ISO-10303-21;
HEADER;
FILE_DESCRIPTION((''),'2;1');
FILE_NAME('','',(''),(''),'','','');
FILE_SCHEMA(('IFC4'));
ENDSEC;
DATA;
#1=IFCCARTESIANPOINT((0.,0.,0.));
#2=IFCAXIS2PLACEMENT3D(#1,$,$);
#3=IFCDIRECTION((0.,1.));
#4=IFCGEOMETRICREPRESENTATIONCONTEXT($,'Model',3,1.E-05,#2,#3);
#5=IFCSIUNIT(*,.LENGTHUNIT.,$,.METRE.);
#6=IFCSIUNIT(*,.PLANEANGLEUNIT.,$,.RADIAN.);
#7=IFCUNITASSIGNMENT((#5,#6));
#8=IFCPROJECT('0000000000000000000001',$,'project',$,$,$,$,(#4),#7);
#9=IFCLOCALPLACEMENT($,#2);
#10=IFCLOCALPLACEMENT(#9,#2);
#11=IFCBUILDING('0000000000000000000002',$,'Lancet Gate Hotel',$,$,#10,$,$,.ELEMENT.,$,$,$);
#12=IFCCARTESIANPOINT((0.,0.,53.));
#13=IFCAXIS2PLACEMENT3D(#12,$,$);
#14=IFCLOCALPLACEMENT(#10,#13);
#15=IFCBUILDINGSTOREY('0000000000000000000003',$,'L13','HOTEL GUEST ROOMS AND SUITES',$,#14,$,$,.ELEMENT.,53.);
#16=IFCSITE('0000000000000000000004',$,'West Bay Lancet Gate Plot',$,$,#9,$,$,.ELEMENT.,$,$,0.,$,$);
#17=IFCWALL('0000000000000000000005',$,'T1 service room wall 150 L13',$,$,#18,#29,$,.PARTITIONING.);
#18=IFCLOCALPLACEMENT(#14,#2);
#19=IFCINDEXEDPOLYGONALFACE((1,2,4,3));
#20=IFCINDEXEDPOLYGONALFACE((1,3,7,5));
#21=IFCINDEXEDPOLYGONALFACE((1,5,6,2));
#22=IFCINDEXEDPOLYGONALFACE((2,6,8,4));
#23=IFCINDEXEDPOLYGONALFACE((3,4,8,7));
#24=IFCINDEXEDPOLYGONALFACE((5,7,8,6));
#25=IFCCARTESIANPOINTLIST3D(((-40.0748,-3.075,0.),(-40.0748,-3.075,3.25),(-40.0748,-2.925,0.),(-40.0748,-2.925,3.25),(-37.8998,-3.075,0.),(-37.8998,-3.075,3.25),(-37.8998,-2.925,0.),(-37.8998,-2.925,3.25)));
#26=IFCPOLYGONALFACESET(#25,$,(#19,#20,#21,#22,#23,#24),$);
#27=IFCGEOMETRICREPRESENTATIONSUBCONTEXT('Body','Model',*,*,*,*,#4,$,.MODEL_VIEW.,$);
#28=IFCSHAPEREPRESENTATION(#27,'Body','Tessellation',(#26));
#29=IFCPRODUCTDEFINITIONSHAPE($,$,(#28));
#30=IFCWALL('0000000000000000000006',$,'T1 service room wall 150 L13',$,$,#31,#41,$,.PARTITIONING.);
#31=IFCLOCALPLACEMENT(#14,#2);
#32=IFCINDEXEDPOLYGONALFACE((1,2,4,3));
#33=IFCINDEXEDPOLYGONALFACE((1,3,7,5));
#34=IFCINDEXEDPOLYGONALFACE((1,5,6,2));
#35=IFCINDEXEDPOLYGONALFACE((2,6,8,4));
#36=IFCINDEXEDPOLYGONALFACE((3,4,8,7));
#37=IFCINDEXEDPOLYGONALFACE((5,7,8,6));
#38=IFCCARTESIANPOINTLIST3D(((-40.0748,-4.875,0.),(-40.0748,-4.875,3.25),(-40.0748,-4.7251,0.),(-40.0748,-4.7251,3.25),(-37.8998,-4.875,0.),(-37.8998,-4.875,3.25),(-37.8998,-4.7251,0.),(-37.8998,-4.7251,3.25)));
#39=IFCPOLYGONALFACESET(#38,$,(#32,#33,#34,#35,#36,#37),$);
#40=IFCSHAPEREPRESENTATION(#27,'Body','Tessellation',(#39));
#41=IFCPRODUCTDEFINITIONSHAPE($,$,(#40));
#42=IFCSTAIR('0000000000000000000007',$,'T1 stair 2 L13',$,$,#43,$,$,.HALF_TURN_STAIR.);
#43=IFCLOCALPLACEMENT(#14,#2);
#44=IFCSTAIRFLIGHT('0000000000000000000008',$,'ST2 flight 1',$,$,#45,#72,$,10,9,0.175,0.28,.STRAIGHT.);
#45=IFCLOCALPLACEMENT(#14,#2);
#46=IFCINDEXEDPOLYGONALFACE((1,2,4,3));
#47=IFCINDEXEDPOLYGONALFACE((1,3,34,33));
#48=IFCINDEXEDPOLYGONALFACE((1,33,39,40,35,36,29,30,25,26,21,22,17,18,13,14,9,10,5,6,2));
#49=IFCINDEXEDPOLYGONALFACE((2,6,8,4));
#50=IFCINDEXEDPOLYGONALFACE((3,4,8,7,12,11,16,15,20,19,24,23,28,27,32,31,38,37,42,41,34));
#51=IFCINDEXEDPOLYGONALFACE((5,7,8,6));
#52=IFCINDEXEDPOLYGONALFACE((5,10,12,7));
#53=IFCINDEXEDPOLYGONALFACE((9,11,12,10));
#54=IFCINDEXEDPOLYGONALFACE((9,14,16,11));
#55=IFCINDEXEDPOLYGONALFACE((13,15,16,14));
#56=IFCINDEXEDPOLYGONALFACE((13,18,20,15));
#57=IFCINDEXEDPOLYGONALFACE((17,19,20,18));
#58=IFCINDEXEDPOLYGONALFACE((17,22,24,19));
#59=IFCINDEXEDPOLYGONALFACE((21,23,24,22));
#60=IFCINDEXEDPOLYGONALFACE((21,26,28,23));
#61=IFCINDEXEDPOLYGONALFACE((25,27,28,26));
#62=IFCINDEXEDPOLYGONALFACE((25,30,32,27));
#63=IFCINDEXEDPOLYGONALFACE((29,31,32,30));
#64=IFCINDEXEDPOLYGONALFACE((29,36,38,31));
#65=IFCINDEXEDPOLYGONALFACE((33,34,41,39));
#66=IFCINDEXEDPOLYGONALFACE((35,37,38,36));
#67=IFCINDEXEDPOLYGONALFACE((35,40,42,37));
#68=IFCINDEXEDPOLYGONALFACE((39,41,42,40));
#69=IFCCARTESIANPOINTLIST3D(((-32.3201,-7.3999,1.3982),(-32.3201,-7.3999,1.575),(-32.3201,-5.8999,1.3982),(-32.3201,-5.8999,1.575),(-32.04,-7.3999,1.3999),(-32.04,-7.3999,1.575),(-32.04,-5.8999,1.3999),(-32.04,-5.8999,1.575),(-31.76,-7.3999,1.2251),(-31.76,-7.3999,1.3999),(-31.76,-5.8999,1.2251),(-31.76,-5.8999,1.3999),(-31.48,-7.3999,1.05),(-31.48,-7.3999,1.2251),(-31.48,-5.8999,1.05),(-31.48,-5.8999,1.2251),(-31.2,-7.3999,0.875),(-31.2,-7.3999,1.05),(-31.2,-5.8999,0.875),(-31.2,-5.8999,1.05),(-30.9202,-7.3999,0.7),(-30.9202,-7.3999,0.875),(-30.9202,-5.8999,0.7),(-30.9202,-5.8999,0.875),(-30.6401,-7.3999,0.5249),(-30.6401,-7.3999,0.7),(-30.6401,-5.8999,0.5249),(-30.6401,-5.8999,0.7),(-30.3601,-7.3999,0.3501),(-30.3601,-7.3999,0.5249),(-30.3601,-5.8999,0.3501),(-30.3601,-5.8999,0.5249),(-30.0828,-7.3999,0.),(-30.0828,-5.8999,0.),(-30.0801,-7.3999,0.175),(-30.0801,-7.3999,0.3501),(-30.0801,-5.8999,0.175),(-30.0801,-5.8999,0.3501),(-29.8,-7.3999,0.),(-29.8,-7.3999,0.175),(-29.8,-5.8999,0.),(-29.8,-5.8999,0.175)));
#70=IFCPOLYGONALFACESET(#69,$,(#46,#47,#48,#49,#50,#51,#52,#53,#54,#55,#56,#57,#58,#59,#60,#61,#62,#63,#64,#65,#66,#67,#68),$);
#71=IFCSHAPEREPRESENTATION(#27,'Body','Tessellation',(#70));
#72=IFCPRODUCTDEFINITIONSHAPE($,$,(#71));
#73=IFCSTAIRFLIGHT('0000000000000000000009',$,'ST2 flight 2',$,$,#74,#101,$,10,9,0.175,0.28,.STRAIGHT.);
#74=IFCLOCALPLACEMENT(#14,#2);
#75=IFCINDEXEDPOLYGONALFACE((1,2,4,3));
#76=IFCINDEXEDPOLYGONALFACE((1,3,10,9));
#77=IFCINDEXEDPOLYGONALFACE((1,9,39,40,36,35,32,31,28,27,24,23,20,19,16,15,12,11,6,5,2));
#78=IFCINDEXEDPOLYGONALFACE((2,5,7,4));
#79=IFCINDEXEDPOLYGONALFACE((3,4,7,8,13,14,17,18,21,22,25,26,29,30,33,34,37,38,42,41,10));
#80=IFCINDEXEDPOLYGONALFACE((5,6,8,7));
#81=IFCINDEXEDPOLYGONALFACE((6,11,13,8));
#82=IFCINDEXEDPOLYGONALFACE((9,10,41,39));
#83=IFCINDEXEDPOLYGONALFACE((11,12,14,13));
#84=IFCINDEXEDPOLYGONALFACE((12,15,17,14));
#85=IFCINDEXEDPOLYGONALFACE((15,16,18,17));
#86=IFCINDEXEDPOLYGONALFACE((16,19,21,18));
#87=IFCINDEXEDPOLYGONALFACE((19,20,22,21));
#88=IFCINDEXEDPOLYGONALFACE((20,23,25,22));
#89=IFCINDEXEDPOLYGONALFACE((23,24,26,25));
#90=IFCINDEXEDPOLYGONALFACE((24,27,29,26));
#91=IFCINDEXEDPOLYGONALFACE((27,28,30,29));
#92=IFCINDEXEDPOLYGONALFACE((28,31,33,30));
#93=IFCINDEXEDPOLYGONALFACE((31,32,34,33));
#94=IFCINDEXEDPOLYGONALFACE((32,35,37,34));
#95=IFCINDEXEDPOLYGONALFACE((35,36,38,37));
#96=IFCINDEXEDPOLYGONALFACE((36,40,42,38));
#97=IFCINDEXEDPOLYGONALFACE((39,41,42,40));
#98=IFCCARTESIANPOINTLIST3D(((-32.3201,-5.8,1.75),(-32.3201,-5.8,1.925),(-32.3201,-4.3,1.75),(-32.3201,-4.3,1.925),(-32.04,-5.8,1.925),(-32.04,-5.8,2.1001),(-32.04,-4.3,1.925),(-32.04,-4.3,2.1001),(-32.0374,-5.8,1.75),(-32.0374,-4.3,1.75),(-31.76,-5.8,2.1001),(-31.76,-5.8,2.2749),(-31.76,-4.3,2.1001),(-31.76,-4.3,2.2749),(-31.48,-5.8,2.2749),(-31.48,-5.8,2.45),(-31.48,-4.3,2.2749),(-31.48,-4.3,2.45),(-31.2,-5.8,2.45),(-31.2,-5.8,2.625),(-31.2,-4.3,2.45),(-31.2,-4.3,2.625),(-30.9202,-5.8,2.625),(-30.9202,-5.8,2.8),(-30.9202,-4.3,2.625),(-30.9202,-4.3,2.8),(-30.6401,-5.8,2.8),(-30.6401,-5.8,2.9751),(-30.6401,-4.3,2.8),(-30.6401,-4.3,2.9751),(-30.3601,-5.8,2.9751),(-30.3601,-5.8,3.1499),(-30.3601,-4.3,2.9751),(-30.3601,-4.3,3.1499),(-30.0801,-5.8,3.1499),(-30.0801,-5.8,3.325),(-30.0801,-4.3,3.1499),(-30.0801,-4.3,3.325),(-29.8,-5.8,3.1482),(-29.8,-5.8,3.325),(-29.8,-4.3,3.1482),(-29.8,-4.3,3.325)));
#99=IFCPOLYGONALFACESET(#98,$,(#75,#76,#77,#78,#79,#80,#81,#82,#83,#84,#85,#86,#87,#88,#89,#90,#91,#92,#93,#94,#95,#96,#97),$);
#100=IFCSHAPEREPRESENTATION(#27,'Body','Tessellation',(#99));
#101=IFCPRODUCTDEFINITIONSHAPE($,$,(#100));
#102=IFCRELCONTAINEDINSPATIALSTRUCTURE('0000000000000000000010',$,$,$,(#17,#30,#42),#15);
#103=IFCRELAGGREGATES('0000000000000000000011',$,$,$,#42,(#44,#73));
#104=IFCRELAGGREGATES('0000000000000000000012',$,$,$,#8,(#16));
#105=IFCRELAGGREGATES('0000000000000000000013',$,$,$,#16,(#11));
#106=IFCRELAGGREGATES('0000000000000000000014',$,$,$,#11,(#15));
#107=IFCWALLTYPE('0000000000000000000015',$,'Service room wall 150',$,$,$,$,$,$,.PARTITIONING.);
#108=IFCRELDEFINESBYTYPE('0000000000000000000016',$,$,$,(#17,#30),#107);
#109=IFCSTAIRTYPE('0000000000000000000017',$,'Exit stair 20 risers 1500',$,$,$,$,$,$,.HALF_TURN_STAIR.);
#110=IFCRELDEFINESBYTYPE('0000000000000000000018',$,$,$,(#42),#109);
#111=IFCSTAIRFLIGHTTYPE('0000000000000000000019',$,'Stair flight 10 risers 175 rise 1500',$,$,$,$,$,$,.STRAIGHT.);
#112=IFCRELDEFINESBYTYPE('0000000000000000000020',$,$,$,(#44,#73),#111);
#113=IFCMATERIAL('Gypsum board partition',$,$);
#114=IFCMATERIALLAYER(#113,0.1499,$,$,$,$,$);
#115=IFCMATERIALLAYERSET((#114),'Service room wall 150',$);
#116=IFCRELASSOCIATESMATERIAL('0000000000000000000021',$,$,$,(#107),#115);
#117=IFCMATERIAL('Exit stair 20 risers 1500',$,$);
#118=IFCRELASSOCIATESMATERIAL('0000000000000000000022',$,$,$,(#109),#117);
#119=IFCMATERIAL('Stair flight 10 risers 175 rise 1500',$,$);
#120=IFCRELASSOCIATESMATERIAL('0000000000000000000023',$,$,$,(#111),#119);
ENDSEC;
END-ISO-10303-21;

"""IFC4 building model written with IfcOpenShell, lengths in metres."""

from ifc_helpers import new_model, si_unit, direction, frame, frame_2d, origin, place, context, subcontext, project, spatial, polyline, rectangle, outline, extrude, material, layer, layer_set, type_object, element, aggregate, save


model = new_model("IFC4")

# Units and contexts
model_context = context("Model", 3, precision=1e-05, world=origin(), true_north=direction((0.0, 1.0)))
body_context = subcontext(model_context, "Body", "Model", "MODEL_VIEW")
ifc_project = project(units=[si_unit("LENGTHUNIT", "METRE"), si_unit("PLANEANGLEUNIT", "RADIAN")], contexts=[model_context])

# Site, building, storey
site_placement = place(None, origin())
site = spatial("IfcSite", under=ifc_project, at=site_placement, Name="West Bay Lancet Gate Plot", CompositionType="ELEMENT", RefElevation=0.0)
building_placement = place(site_placement, origin())
building = spatial("IfcBuilding", under=site, at=building_placement, Name="Lancet Gate Hotel", CompositionType="ELEMENT")
storey_placement = place(building_placement, frame((0.0, 0.0, 53.0)))
storey = spatial("IfcBuildingStorey", under=building, at=storey_placement, Name="L13", Description="HOTEL GUEST ROOMS AND SUITES", CompositionType="ELEMENT", Elevation=53.0)

# Walls
ifc_material_1 = material(Name="Gypsum board partition")
ifc_layer_1 = layer(ifc_material_1, 0.1499)
ifc_layer_set_1 = layer_set([ifc_layer_1], Name="Service room wall 150")
wall_type_1 = type_object("IfcWallType", Name="Service room wall 150", PredefinedType="PARTITIONING", material=ifc_layer_set_1)
for number, where, z_axis, x_axis, name in (
    (1, (-37.8999, -3.0, 0.0), (0.0, 0.0, 1.0), (-1.0, 0.0, 0.0), "T1 service room wall 150 L13"),
    (2, (-37.8999, -4.8, 0.0), (0.0, 0.0, 1.0), (-1.0, 0.0, 0.0), "T1 service room wall 150 L13"),
):
    element("IfcWall", number, at=place(storey_placement, frame(where, z_axis=z_axis, x_axis=x_axis)), inside=storey, type_object=wall_type_1, Name=name, PredefinedType="PARTITIONING", context=body_context, shape_type="SweptSolid", body=[
        extrude(rectangle(XDim=2.175, YDim=0.1499, at=frame_2d((1.0874, 0.0))), origin(), (0.0, 0.0, 1.0), 3.25),
    ])

# Stair, stair flights
ifc_material_2 = material(Name="Exit stair 20 risers 1500")
stair_type = type_object("IfcStairType", Name="Exit stair 20 risers 1500", PredefinedType="HALF_TURN_STAIR", material=ifc_material_2)
stair_placement = place(storey_placement, origin())
stair = element("IfcStair", 3, at=stair_placement, inside=storey, type_object=stair_type, Name="T1 stair 2 L13", PredefinedType="HALF_TURN_STAIR")
ifc_material_3 = material(Name="Stair flight 10 risers 175 rise 1500")
stair_flight_type = type_object("IfcStairFlightType", Name="Stair flight 10 risers 175 rise 1500", PredefinedType="STRAIGHT", material=ifc_material_3)
stair_flight_1_placement = place(storey_placement, frame((-29.8, -6.6499, 0.0), z_axis=(0.0, 0.0, 1.0), x_axis=(-1.0, 0.0, 0.0)))
stair_flight_1 = element("IfcStairFlight", 4, at=stair_flight_1_placement, type_object=stair_flight_type, Name="ST2 flight 1", NumberOfRisers=10, NumberOfTreads=9, PredefinedType="STRAIGHT", RiserHeight=0.175, TreadLength=0.28, context=body_context, shape_type="SweptSolid", body=[
    extrude(outline(polyline([(0.0, 0.0), (0.0, 0.175), (0.28, 0.175), (0.28, 0.3501), (0.5601, 0.3501), (0.5601, 0.5249), (0.8401, 0.5249), (0.8401, 0.7), (1.1201, 0.7), (1.1201, 0.875), (1.3999, 0.875), (1.3999, 1.05), (1.6799, 1.05), (1.6799, 1.2251), (1.96, 1.2251), (1.96, 1.3999), (2.24, 1.3999), (2.24, 1.575), (2.52, 1.575), (2.52, 1.75), (2.52, 1.3982), (0.2827, 0.0), (0.0, 0.0)])), frame((0.0, 0.75, 0.0), z_axis=(0.0, -1.0, 0.0), x_axis=(1.0, 0.0, 0.0)), (0.0, 0.0, 1.0), 1.5),
])
stair_flight_2_placement = place(storey_placement, frame((-32.3201, -5.05, 1.75), z_axis=(0.0, 0.0, 1.0), x_axis=(1.0, 0.0, 0.0)))
stair_flight_2 = element("IfcStairFlight", 5, at=stair_flight_2_placement, type_object=stair_flight_type, Name="ST2 flight 2", NumberOfRisers=10, NumberOfTreads=9, PredefinedType="STRAIGHT", RiserHeight=0.175, TreadLength=0.28, context=body_context, shape_type="SweptSolid", body=[
    extrude(outline(polyline([(0.0, 0.0), (0.0, 0.175), (0.28, 0.175), (0.28, 0.3501), (0.5601, 0.3501), (0.5601, 0.5249), (0.8401, 0.5249), (0.8401, 0.7), (1.1201, 0.7), (1.1201, 0.875), (1.3999, 0.875), (1.3999, 1.05), (1.6799, 1.05), (1.6799, 1.2251), (1.96, 1.2251), (1.96, 1.3999), (2.24, 1.3999), (2.24, 1.575), (2.52, 1.575), (2.52, 1.75), (2.52, 1.3982), (0.2827, 0.0), (0.0, 0.0)])), frame((0.0, 0.75, 0.0), z_axis=(0.0, -1.0, 0.0), x_axis=(1.0, 0.0, 0.0)), (0.0, 0.0, 1.0), 1.5),
])
aggregate(stair, [stair_flight_1, stair_flight_2])

save(model, "model.ifc")
